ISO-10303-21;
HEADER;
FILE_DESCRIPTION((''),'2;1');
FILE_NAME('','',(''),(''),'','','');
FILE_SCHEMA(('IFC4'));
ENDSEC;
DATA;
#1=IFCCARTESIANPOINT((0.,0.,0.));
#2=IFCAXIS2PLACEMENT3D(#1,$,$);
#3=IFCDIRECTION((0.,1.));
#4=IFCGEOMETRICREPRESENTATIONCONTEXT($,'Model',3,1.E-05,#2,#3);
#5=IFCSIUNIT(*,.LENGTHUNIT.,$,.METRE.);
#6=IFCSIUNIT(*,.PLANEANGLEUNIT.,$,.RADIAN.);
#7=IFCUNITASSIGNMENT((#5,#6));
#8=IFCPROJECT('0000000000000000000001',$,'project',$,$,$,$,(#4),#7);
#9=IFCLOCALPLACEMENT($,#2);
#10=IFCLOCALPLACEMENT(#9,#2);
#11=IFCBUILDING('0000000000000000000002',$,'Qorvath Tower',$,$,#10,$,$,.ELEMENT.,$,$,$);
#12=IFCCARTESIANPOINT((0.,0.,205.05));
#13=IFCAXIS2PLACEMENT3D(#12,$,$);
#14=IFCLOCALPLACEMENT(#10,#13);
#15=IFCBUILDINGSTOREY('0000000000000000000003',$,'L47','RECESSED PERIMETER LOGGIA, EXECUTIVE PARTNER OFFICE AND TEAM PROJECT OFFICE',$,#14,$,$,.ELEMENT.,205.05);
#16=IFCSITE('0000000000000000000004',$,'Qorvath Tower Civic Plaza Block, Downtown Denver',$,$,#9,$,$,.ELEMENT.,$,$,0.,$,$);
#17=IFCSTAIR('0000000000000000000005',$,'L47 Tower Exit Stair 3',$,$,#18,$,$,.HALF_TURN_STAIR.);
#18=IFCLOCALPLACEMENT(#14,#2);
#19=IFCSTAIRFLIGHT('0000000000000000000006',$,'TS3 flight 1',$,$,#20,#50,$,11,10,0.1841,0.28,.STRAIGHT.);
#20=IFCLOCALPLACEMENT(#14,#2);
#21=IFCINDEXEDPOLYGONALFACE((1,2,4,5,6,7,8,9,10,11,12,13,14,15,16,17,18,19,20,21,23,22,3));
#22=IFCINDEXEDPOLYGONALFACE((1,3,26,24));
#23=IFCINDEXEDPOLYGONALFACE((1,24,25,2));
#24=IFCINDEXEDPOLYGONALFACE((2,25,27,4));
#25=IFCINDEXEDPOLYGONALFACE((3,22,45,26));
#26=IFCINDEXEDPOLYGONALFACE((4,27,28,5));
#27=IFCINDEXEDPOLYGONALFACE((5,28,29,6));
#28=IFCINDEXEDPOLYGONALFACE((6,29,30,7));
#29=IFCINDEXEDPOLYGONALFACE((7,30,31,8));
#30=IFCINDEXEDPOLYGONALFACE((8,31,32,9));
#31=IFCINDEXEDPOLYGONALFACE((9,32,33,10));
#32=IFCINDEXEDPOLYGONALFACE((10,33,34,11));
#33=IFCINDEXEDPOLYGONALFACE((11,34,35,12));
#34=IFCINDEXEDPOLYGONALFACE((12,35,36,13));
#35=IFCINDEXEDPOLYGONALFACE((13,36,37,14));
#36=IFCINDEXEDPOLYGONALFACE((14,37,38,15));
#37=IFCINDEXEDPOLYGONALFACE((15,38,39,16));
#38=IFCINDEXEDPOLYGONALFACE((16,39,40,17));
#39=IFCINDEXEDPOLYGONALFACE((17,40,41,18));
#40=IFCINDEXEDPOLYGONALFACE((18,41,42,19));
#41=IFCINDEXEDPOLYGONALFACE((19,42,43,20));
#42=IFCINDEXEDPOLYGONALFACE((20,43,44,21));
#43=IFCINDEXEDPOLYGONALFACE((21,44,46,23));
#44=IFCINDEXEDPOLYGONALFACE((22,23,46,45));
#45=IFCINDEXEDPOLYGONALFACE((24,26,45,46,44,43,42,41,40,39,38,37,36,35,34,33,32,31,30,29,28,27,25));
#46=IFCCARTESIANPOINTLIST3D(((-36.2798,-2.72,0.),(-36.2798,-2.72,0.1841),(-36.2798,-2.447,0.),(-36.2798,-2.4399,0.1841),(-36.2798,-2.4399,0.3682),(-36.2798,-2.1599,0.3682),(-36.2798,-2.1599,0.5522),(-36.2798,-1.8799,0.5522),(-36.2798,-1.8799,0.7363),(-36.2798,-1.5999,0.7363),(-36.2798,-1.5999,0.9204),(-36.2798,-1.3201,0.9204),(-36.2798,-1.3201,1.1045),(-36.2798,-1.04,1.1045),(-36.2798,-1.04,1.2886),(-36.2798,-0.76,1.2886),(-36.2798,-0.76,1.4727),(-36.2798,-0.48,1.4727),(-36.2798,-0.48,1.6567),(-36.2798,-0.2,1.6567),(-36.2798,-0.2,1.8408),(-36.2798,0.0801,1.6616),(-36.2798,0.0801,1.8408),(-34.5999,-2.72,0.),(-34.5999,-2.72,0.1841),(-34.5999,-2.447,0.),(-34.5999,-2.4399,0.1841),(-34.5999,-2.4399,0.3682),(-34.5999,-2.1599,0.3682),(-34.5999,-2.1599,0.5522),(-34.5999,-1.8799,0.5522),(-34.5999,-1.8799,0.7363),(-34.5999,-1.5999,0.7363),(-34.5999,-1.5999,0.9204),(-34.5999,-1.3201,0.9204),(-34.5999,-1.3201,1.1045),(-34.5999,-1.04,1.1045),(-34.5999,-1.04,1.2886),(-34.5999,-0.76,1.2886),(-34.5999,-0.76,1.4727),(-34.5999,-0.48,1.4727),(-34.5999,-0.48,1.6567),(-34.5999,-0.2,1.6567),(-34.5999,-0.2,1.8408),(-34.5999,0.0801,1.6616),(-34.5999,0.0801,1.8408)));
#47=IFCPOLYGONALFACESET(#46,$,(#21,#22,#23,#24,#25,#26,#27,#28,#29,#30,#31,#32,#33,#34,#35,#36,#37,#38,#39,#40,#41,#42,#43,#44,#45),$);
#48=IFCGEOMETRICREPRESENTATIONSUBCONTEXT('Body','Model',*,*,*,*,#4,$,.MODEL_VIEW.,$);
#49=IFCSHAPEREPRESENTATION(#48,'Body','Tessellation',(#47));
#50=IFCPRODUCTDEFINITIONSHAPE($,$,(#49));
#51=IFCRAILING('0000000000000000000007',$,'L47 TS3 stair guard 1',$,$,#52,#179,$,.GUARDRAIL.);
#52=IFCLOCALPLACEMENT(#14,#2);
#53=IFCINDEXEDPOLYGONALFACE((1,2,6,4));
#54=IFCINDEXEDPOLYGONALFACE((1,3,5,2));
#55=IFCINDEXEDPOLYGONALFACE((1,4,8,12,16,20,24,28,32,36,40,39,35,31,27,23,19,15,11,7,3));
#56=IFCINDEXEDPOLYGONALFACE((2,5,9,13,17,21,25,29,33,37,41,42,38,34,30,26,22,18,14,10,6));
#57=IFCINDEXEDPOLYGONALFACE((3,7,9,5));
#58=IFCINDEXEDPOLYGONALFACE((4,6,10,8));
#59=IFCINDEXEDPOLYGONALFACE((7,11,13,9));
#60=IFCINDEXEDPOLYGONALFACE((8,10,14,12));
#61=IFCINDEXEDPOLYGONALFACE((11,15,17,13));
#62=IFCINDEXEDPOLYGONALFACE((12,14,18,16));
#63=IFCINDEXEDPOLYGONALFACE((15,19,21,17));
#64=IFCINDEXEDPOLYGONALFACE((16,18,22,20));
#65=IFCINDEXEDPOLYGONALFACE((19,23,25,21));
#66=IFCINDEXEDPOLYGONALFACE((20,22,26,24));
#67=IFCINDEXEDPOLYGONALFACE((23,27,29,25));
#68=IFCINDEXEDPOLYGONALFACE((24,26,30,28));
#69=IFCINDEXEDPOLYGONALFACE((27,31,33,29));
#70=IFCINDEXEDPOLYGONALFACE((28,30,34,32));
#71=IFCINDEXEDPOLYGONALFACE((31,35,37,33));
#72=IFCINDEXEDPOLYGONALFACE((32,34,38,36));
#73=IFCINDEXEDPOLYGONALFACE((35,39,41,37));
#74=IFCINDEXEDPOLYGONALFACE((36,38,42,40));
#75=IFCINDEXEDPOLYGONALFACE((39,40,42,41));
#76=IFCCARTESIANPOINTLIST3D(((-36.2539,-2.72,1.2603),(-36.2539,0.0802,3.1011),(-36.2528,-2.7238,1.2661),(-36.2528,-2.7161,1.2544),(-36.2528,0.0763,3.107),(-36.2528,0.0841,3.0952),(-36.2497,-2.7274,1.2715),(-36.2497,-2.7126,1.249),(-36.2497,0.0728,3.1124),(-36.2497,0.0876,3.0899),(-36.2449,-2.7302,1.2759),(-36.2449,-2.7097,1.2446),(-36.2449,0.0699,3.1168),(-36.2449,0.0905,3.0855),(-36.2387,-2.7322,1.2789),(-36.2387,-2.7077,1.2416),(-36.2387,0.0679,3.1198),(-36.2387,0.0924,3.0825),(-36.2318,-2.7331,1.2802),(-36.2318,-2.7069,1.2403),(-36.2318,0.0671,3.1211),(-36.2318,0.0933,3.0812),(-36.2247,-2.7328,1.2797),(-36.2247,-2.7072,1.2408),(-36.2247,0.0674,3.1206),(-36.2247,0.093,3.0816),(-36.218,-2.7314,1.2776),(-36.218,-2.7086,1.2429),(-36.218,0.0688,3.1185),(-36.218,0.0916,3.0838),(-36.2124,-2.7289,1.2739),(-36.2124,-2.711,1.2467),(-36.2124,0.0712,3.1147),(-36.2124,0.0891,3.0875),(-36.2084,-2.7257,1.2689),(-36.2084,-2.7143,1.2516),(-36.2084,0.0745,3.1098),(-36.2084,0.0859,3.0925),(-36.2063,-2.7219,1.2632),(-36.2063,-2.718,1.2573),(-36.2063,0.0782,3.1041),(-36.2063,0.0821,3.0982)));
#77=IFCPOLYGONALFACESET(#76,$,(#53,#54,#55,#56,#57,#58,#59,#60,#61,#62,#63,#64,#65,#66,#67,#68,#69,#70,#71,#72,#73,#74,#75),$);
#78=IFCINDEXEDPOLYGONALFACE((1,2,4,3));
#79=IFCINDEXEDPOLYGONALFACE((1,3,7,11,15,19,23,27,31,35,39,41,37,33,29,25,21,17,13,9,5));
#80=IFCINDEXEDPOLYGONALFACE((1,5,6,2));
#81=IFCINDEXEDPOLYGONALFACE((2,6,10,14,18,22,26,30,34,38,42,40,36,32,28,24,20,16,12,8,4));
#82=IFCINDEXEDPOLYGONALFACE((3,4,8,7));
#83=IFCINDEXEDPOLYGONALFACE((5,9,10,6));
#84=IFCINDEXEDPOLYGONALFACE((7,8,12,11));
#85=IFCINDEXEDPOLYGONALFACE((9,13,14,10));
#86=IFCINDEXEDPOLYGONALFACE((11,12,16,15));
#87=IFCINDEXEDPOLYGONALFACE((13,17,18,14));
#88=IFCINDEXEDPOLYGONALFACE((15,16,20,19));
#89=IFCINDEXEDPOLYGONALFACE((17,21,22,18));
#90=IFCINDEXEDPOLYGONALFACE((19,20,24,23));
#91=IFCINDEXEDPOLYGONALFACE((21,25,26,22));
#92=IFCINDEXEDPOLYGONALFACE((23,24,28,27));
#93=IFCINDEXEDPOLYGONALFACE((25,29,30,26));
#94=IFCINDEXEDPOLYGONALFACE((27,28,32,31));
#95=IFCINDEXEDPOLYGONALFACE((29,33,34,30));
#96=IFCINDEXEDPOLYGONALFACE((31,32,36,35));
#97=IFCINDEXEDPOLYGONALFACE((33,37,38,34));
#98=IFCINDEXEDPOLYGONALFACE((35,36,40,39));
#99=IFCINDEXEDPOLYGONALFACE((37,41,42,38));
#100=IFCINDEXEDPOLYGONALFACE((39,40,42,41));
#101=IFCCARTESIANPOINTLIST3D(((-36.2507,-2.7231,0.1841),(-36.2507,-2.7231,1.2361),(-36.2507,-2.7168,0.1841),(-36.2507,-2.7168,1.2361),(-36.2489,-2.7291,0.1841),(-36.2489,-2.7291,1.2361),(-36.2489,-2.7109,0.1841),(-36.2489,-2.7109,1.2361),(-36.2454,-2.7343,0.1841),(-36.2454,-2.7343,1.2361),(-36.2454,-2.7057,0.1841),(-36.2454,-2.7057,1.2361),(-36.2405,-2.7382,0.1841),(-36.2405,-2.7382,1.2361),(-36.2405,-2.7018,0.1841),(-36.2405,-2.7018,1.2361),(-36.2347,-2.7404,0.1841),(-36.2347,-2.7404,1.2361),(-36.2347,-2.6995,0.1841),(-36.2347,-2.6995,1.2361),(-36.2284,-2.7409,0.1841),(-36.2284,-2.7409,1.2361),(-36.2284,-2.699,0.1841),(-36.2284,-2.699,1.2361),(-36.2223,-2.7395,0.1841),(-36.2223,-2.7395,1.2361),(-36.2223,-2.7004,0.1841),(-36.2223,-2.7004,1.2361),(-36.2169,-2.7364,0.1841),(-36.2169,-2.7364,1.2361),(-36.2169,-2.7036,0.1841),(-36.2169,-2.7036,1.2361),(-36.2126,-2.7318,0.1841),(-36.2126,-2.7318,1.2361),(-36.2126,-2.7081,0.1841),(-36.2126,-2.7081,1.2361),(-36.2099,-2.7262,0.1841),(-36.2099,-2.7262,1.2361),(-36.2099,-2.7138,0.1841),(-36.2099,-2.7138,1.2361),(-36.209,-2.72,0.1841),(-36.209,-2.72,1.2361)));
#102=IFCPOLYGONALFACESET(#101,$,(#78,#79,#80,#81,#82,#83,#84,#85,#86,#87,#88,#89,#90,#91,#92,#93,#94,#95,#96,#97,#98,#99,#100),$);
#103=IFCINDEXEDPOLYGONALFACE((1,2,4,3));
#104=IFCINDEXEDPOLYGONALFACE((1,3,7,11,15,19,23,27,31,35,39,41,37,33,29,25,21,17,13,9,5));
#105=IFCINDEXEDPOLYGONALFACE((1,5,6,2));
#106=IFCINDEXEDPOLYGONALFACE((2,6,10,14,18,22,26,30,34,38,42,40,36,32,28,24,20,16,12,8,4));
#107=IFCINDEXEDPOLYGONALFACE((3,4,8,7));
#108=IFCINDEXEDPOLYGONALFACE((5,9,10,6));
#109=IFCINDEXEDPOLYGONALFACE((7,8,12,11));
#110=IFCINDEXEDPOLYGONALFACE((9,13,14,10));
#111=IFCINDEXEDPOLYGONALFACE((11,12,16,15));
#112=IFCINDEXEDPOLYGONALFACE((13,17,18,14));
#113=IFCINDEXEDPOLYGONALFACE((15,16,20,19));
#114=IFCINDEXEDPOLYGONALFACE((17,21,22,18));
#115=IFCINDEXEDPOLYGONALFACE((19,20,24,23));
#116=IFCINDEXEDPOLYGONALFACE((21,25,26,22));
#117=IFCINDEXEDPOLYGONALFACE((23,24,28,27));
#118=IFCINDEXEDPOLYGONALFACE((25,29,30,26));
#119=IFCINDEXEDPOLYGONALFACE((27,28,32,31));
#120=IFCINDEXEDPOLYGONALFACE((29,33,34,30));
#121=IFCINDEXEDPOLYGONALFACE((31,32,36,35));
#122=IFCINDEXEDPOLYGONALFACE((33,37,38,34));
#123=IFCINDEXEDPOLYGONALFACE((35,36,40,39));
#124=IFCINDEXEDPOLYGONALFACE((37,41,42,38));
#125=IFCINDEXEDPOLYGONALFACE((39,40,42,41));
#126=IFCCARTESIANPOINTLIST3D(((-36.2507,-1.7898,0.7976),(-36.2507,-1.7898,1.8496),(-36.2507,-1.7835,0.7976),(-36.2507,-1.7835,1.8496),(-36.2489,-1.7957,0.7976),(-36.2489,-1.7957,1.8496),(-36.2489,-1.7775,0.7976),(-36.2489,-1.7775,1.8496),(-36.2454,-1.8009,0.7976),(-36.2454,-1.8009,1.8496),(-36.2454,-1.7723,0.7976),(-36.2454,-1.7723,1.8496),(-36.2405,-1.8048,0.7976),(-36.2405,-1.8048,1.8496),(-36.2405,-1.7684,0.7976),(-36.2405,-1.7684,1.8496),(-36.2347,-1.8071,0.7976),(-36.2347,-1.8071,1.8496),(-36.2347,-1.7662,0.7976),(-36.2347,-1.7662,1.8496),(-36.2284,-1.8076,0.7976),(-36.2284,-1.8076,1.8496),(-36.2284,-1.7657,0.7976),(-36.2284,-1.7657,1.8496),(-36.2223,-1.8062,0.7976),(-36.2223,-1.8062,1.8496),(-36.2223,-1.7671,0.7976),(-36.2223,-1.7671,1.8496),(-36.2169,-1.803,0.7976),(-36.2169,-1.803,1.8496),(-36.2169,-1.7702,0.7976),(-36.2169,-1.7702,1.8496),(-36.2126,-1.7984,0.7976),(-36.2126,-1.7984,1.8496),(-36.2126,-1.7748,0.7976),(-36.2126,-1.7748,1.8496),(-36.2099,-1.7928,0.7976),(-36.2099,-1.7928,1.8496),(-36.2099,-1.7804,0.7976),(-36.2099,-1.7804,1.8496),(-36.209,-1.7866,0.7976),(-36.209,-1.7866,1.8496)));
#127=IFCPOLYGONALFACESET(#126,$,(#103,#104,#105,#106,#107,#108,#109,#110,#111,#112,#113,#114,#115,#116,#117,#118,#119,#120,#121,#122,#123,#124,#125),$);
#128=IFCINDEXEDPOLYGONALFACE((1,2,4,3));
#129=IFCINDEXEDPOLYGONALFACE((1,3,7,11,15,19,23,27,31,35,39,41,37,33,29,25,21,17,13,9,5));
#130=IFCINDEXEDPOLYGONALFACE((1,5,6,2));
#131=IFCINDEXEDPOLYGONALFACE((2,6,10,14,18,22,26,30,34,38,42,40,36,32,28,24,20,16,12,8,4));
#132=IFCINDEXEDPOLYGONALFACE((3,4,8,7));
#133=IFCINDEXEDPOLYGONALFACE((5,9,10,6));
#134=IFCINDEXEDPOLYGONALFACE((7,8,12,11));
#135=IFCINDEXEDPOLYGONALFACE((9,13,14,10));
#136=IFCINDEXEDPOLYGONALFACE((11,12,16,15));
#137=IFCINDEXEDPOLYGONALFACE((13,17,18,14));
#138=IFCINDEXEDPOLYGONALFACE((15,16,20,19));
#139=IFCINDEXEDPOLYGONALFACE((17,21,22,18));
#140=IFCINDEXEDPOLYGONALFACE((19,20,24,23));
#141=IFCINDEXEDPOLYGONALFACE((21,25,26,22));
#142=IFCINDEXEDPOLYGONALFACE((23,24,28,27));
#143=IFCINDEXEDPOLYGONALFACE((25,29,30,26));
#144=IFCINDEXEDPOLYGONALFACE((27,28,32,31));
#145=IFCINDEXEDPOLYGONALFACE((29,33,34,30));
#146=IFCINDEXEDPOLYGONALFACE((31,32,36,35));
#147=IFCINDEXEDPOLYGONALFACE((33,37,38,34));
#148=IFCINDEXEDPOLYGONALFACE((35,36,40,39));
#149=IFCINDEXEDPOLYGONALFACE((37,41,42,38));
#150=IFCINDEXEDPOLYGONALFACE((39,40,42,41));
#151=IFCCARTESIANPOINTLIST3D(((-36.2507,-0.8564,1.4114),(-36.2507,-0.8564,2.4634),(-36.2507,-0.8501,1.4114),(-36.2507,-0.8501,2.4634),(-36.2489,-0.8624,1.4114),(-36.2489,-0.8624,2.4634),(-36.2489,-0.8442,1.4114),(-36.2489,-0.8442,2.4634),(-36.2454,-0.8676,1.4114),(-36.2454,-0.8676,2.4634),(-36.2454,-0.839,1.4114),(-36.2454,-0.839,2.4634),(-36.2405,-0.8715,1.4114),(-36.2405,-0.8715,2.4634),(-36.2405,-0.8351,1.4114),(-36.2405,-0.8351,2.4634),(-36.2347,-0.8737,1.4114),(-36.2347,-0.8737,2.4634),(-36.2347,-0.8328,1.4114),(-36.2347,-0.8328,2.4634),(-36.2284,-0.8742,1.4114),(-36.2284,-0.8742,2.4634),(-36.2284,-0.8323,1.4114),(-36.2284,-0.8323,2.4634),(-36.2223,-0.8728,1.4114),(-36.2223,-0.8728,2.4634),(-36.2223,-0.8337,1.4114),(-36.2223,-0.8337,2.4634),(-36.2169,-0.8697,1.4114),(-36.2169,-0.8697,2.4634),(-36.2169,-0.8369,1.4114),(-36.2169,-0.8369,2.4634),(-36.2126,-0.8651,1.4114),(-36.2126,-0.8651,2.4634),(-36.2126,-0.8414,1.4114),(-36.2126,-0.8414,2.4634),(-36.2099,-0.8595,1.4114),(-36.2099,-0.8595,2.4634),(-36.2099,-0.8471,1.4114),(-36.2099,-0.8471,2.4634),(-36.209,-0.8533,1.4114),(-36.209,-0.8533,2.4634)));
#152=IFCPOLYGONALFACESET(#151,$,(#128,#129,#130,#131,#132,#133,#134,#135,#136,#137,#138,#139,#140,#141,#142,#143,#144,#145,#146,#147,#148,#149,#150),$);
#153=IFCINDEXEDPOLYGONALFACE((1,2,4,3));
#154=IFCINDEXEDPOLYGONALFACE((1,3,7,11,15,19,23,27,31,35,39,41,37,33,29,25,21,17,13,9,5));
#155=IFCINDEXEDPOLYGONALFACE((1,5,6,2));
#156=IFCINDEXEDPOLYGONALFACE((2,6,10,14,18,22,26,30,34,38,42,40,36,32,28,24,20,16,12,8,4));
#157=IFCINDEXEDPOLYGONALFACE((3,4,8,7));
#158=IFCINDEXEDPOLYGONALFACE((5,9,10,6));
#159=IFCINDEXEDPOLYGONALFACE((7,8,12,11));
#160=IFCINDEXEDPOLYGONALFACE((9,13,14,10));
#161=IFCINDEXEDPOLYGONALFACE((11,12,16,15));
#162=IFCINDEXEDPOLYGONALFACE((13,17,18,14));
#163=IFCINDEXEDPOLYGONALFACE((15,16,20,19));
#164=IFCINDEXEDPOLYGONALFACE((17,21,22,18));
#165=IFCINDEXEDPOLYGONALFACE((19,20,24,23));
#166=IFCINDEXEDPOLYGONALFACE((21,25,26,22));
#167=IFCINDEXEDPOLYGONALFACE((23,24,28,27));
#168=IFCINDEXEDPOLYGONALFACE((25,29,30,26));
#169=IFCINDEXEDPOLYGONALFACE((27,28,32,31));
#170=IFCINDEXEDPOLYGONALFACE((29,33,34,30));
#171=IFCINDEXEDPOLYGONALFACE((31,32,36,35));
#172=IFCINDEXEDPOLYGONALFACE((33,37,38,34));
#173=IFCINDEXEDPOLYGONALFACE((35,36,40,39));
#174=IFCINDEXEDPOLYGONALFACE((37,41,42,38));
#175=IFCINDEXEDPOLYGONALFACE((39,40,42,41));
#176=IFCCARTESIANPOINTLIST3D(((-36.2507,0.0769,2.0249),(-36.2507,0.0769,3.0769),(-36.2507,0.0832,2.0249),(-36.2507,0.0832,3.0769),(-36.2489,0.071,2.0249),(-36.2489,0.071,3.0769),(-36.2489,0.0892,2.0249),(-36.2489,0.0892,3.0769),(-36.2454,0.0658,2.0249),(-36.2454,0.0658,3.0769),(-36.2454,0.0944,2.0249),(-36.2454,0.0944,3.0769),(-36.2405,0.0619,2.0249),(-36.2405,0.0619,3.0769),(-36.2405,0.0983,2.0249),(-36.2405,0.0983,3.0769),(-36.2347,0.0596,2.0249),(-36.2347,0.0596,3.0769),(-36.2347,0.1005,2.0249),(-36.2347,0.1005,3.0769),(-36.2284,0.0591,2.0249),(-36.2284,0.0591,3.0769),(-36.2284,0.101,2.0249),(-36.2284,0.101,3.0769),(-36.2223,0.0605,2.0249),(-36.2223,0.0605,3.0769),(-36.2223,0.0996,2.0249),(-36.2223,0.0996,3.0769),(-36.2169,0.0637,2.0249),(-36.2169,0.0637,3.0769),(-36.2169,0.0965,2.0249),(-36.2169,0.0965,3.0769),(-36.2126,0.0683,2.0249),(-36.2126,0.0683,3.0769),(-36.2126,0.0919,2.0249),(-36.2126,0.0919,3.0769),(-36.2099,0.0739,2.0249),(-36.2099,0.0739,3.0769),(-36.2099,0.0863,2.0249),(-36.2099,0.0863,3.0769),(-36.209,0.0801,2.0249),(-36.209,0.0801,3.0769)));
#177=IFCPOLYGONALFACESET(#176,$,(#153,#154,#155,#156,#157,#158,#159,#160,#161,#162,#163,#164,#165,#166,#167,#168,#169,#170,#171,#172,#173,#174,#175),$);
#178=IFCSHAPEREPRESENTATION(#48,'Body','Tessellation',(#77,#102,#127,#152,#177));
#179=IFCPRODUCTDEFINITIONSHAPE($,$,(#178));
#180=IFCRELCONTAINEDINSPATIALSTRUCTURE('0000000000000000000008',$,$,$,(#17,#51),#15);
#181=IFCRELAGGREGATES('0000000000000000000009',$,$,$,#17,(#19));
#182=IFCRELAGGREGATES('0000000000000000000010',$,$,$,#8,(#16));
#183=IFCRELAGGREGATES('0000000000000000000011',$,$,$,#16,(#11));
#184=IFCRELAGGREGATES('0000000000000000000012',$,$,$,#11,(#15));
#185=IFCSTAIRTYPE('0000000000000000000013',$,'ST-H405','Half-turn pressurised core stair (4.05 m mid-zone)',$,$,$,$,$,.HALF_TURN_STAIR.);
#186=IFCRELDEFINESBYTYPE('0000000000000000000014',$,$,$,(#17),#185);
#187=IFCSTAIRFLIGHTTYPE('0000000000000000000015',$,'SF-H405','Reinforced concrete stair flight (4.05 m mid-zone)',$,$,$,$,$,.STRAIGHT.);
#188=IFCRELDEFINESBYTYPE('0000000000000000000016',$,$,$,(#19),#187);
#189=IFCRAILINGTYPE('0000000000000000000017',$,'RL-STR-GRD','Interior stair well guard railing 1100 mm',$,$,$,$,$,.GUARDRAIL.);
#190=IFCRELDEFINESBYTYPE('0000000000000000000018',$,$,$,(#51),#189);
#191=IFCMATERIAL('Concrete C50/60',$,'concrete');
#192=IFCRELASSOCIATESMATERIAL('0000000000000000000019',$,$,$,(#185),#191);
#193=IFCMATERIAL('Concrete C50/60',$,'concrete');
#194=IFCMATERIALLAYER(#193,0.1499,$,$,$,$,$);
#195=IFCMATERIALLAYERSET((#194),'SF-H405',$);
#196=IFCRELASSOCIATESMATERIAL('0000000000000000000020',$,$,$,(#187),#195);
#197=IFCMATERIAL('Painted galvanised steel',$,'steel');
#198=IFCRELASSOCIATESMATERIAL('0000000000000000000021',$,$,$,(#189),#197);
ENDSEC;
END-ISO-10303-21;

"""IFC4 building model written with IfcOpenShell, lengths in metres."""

from ifc_helpers import new_model, si_unit, direction, frame, origin, origin_2d, place, context, subcontext, project, spatial, polyline, circle, outline, extrude, material, layer, layer_set, type_object, element, aggregate, save


model = new_model("IFC4")

# Units and contexts
model_context = context("Model", 3, precision=1e-05, world=origin(), true_north=direction((0.0, 1.0)))
body_context = subcontext(model_context, "Body", "Model", "MODEL_VIEW")
ifc_project = project(units=[si_unit("LENGTHUNIT", "METRE"), si_unit("PLANEANGLEUNIT", "RADIAN")], contexts=[model_context])

# Site, building, storey
site_placement = place(None, origin())
site = spatial("IfcSite", under=ifc_project, at=site_placement, Name="Qorvath Tower Civic Plaza Block, Downtown Denver", CompositionType="ELEMENT", RefElevation=0.0)
building_placement = place(site_placement, origin())
building = spatial("IfcBuilding", under=site, at=building_placement, Name="Qorvath Tower", CompositionType="ELEMENT")
storey_placement = place(building_placement, frame((0.0, 0.0, 205.05)))
storey = spatial("IfcBuildingStorey", under=building, at=storey_placement, Name="L47", Description="RECESSED PERIMETER LOGGIA, EXECUTIVE PARTNER OFFICE AND TEAM PROJECT OFFICE", CompositionType="ELEMENT", Elevation=205.05)

# Stair, stair flight
ifc_material_1 = material(Name="Concrete C50/60", Category="concrete")
stair_type = type_object("IfcStairType", Name="ST-H405", Description="Half-turn pressurised core stair (4.05 m mid-zone)", PredefinedType="HALF_TURN_STAIR", material=ifc_material_1)
stair_placement = place(storey_placement, origin())
stair = element("IfcStair", 1, at=stair_placement, inside=storey, type_object=stair_type, Name="L47 Tower Exit Stair 3", PredefinedType="HALF_TURN_STAIR")
ifc_material_2 = material(Name="Concrete C50/60", Category="concrete")
ifc_layer_1 = layer(ifc_material_2, 0.1499)
ifc_layer_set_1 = layer_set([ifc_layer_1], Name="SF-H405")
stair_flight_type = type_object("IfcStairFlightType", Name="SF-H405", Description="Reinforced concrete stair flight (4.05 m mid-zone)", PredefinedType="STRAIGHT", material=ifc_layer_set_1)
stair_flight_placement = place(storey_placement, frame((-35.4399, -2.72, 0.0), z_axis=(0.0, 0.0, 1.0), x_axis=(0.0, 1.0, 0.0)))
stair_flight = element("IfcStairFlight", 2, at=stair_flight_placement, type_object=stair_flight_type, Name="TS3 flight 1", NumberOfRisers=11, NumberOfTreads=10, PredefinedType="STRAIGHT", RiserHeight=0.1841, TreadLength=0.28, context=body_context, shape_type="SweptSolid", body=[
    extrude(outline(polyline([(0.0, 0.0), (0.0, 0.1841), (0.28, 0.1841), (0.28, 0.3682), (0.5601, 0.3682), (0.5601, 0.5522), (0.8401, 0.5522), (0.8401, 0.7363), (1.1201, 0.7363), (1.1201, 0.9204), (1.3999, 0.9204), (1.3999, 1.1045), (1.6799, 1.1045), (1.6799, 1.2886), (1.96, 1.2886), (1.96, 1.4727), (2.24, 1.4727), (2.24, 1.6567), (2.52, 1.6567), (2.52, 1.8408), (2.8, 1.8408), (2.8, 2.0249), (2.8, 1.6616), (0.2729, 0.0), (0.0, 0.0)])), frame((0.0, 0.8398, 0.0), z_axis=(0.0, -1.0, 0.0), x_axis=(1.0, 0.0, 0.0)), (0.0, 0.0, 1.0), 1.6799),
])
aggregate(stair, [stair_flight])

# Railing
ifc_material_3 = material(Name="Painted galvanised steel", Category="steel")
railing_type_1 = type_object("IfcRailingType", Name="RL-STR-GRD", Description="Interior stair well guard railing 1100 mm", PredefinedType="GUARDRAIL", material=ifc_material_3)
railing_1_placement = place(storey_placement, frame((-36.23, -2.72, 0.1841)))
element("IfcRailing", 3, at=railing_1_placement, inside=storey, type_object=railing_type_1, Name="L47 TS3 stair guard 1", PredefinedType="GUARDRAIL", context=body_context, shape_type="SweptSolid", body=[
    extrude(circle(Radius=0.0239, at=origin_2d()), frame((0.0, 0.0, 1.0762), z_axis=(0.0, 0.835598, 0.549342), x_axis=(-1.0, 0.0, 0.0)), (0.0, 0.0, 1.0), 3.3511),
    extrude(circle(Radius=0.021, at=origin_2d()), origin(), (0.0, 0.0, 1.0), 1.052),
    extrude(circle(Radius=0.021, at=origin_2d()), frame((0.0, 0.9333, 0.6135)), (0.0, 0.0, 1.0), 1.052),
    extrude(circle(Radius=0.021, at=origin_2d()), frame((0.0, 1.8667, 1.2273)), (0.0, 0.0, 1.0), 1.052),
    extrude(circle(Radius=0.021, at=origin_2d()), frame((0.0, 2.8, 1.8408)), (0.0, 0.0, 1.0), 1.052),
])

save(model, "model.ifc")
